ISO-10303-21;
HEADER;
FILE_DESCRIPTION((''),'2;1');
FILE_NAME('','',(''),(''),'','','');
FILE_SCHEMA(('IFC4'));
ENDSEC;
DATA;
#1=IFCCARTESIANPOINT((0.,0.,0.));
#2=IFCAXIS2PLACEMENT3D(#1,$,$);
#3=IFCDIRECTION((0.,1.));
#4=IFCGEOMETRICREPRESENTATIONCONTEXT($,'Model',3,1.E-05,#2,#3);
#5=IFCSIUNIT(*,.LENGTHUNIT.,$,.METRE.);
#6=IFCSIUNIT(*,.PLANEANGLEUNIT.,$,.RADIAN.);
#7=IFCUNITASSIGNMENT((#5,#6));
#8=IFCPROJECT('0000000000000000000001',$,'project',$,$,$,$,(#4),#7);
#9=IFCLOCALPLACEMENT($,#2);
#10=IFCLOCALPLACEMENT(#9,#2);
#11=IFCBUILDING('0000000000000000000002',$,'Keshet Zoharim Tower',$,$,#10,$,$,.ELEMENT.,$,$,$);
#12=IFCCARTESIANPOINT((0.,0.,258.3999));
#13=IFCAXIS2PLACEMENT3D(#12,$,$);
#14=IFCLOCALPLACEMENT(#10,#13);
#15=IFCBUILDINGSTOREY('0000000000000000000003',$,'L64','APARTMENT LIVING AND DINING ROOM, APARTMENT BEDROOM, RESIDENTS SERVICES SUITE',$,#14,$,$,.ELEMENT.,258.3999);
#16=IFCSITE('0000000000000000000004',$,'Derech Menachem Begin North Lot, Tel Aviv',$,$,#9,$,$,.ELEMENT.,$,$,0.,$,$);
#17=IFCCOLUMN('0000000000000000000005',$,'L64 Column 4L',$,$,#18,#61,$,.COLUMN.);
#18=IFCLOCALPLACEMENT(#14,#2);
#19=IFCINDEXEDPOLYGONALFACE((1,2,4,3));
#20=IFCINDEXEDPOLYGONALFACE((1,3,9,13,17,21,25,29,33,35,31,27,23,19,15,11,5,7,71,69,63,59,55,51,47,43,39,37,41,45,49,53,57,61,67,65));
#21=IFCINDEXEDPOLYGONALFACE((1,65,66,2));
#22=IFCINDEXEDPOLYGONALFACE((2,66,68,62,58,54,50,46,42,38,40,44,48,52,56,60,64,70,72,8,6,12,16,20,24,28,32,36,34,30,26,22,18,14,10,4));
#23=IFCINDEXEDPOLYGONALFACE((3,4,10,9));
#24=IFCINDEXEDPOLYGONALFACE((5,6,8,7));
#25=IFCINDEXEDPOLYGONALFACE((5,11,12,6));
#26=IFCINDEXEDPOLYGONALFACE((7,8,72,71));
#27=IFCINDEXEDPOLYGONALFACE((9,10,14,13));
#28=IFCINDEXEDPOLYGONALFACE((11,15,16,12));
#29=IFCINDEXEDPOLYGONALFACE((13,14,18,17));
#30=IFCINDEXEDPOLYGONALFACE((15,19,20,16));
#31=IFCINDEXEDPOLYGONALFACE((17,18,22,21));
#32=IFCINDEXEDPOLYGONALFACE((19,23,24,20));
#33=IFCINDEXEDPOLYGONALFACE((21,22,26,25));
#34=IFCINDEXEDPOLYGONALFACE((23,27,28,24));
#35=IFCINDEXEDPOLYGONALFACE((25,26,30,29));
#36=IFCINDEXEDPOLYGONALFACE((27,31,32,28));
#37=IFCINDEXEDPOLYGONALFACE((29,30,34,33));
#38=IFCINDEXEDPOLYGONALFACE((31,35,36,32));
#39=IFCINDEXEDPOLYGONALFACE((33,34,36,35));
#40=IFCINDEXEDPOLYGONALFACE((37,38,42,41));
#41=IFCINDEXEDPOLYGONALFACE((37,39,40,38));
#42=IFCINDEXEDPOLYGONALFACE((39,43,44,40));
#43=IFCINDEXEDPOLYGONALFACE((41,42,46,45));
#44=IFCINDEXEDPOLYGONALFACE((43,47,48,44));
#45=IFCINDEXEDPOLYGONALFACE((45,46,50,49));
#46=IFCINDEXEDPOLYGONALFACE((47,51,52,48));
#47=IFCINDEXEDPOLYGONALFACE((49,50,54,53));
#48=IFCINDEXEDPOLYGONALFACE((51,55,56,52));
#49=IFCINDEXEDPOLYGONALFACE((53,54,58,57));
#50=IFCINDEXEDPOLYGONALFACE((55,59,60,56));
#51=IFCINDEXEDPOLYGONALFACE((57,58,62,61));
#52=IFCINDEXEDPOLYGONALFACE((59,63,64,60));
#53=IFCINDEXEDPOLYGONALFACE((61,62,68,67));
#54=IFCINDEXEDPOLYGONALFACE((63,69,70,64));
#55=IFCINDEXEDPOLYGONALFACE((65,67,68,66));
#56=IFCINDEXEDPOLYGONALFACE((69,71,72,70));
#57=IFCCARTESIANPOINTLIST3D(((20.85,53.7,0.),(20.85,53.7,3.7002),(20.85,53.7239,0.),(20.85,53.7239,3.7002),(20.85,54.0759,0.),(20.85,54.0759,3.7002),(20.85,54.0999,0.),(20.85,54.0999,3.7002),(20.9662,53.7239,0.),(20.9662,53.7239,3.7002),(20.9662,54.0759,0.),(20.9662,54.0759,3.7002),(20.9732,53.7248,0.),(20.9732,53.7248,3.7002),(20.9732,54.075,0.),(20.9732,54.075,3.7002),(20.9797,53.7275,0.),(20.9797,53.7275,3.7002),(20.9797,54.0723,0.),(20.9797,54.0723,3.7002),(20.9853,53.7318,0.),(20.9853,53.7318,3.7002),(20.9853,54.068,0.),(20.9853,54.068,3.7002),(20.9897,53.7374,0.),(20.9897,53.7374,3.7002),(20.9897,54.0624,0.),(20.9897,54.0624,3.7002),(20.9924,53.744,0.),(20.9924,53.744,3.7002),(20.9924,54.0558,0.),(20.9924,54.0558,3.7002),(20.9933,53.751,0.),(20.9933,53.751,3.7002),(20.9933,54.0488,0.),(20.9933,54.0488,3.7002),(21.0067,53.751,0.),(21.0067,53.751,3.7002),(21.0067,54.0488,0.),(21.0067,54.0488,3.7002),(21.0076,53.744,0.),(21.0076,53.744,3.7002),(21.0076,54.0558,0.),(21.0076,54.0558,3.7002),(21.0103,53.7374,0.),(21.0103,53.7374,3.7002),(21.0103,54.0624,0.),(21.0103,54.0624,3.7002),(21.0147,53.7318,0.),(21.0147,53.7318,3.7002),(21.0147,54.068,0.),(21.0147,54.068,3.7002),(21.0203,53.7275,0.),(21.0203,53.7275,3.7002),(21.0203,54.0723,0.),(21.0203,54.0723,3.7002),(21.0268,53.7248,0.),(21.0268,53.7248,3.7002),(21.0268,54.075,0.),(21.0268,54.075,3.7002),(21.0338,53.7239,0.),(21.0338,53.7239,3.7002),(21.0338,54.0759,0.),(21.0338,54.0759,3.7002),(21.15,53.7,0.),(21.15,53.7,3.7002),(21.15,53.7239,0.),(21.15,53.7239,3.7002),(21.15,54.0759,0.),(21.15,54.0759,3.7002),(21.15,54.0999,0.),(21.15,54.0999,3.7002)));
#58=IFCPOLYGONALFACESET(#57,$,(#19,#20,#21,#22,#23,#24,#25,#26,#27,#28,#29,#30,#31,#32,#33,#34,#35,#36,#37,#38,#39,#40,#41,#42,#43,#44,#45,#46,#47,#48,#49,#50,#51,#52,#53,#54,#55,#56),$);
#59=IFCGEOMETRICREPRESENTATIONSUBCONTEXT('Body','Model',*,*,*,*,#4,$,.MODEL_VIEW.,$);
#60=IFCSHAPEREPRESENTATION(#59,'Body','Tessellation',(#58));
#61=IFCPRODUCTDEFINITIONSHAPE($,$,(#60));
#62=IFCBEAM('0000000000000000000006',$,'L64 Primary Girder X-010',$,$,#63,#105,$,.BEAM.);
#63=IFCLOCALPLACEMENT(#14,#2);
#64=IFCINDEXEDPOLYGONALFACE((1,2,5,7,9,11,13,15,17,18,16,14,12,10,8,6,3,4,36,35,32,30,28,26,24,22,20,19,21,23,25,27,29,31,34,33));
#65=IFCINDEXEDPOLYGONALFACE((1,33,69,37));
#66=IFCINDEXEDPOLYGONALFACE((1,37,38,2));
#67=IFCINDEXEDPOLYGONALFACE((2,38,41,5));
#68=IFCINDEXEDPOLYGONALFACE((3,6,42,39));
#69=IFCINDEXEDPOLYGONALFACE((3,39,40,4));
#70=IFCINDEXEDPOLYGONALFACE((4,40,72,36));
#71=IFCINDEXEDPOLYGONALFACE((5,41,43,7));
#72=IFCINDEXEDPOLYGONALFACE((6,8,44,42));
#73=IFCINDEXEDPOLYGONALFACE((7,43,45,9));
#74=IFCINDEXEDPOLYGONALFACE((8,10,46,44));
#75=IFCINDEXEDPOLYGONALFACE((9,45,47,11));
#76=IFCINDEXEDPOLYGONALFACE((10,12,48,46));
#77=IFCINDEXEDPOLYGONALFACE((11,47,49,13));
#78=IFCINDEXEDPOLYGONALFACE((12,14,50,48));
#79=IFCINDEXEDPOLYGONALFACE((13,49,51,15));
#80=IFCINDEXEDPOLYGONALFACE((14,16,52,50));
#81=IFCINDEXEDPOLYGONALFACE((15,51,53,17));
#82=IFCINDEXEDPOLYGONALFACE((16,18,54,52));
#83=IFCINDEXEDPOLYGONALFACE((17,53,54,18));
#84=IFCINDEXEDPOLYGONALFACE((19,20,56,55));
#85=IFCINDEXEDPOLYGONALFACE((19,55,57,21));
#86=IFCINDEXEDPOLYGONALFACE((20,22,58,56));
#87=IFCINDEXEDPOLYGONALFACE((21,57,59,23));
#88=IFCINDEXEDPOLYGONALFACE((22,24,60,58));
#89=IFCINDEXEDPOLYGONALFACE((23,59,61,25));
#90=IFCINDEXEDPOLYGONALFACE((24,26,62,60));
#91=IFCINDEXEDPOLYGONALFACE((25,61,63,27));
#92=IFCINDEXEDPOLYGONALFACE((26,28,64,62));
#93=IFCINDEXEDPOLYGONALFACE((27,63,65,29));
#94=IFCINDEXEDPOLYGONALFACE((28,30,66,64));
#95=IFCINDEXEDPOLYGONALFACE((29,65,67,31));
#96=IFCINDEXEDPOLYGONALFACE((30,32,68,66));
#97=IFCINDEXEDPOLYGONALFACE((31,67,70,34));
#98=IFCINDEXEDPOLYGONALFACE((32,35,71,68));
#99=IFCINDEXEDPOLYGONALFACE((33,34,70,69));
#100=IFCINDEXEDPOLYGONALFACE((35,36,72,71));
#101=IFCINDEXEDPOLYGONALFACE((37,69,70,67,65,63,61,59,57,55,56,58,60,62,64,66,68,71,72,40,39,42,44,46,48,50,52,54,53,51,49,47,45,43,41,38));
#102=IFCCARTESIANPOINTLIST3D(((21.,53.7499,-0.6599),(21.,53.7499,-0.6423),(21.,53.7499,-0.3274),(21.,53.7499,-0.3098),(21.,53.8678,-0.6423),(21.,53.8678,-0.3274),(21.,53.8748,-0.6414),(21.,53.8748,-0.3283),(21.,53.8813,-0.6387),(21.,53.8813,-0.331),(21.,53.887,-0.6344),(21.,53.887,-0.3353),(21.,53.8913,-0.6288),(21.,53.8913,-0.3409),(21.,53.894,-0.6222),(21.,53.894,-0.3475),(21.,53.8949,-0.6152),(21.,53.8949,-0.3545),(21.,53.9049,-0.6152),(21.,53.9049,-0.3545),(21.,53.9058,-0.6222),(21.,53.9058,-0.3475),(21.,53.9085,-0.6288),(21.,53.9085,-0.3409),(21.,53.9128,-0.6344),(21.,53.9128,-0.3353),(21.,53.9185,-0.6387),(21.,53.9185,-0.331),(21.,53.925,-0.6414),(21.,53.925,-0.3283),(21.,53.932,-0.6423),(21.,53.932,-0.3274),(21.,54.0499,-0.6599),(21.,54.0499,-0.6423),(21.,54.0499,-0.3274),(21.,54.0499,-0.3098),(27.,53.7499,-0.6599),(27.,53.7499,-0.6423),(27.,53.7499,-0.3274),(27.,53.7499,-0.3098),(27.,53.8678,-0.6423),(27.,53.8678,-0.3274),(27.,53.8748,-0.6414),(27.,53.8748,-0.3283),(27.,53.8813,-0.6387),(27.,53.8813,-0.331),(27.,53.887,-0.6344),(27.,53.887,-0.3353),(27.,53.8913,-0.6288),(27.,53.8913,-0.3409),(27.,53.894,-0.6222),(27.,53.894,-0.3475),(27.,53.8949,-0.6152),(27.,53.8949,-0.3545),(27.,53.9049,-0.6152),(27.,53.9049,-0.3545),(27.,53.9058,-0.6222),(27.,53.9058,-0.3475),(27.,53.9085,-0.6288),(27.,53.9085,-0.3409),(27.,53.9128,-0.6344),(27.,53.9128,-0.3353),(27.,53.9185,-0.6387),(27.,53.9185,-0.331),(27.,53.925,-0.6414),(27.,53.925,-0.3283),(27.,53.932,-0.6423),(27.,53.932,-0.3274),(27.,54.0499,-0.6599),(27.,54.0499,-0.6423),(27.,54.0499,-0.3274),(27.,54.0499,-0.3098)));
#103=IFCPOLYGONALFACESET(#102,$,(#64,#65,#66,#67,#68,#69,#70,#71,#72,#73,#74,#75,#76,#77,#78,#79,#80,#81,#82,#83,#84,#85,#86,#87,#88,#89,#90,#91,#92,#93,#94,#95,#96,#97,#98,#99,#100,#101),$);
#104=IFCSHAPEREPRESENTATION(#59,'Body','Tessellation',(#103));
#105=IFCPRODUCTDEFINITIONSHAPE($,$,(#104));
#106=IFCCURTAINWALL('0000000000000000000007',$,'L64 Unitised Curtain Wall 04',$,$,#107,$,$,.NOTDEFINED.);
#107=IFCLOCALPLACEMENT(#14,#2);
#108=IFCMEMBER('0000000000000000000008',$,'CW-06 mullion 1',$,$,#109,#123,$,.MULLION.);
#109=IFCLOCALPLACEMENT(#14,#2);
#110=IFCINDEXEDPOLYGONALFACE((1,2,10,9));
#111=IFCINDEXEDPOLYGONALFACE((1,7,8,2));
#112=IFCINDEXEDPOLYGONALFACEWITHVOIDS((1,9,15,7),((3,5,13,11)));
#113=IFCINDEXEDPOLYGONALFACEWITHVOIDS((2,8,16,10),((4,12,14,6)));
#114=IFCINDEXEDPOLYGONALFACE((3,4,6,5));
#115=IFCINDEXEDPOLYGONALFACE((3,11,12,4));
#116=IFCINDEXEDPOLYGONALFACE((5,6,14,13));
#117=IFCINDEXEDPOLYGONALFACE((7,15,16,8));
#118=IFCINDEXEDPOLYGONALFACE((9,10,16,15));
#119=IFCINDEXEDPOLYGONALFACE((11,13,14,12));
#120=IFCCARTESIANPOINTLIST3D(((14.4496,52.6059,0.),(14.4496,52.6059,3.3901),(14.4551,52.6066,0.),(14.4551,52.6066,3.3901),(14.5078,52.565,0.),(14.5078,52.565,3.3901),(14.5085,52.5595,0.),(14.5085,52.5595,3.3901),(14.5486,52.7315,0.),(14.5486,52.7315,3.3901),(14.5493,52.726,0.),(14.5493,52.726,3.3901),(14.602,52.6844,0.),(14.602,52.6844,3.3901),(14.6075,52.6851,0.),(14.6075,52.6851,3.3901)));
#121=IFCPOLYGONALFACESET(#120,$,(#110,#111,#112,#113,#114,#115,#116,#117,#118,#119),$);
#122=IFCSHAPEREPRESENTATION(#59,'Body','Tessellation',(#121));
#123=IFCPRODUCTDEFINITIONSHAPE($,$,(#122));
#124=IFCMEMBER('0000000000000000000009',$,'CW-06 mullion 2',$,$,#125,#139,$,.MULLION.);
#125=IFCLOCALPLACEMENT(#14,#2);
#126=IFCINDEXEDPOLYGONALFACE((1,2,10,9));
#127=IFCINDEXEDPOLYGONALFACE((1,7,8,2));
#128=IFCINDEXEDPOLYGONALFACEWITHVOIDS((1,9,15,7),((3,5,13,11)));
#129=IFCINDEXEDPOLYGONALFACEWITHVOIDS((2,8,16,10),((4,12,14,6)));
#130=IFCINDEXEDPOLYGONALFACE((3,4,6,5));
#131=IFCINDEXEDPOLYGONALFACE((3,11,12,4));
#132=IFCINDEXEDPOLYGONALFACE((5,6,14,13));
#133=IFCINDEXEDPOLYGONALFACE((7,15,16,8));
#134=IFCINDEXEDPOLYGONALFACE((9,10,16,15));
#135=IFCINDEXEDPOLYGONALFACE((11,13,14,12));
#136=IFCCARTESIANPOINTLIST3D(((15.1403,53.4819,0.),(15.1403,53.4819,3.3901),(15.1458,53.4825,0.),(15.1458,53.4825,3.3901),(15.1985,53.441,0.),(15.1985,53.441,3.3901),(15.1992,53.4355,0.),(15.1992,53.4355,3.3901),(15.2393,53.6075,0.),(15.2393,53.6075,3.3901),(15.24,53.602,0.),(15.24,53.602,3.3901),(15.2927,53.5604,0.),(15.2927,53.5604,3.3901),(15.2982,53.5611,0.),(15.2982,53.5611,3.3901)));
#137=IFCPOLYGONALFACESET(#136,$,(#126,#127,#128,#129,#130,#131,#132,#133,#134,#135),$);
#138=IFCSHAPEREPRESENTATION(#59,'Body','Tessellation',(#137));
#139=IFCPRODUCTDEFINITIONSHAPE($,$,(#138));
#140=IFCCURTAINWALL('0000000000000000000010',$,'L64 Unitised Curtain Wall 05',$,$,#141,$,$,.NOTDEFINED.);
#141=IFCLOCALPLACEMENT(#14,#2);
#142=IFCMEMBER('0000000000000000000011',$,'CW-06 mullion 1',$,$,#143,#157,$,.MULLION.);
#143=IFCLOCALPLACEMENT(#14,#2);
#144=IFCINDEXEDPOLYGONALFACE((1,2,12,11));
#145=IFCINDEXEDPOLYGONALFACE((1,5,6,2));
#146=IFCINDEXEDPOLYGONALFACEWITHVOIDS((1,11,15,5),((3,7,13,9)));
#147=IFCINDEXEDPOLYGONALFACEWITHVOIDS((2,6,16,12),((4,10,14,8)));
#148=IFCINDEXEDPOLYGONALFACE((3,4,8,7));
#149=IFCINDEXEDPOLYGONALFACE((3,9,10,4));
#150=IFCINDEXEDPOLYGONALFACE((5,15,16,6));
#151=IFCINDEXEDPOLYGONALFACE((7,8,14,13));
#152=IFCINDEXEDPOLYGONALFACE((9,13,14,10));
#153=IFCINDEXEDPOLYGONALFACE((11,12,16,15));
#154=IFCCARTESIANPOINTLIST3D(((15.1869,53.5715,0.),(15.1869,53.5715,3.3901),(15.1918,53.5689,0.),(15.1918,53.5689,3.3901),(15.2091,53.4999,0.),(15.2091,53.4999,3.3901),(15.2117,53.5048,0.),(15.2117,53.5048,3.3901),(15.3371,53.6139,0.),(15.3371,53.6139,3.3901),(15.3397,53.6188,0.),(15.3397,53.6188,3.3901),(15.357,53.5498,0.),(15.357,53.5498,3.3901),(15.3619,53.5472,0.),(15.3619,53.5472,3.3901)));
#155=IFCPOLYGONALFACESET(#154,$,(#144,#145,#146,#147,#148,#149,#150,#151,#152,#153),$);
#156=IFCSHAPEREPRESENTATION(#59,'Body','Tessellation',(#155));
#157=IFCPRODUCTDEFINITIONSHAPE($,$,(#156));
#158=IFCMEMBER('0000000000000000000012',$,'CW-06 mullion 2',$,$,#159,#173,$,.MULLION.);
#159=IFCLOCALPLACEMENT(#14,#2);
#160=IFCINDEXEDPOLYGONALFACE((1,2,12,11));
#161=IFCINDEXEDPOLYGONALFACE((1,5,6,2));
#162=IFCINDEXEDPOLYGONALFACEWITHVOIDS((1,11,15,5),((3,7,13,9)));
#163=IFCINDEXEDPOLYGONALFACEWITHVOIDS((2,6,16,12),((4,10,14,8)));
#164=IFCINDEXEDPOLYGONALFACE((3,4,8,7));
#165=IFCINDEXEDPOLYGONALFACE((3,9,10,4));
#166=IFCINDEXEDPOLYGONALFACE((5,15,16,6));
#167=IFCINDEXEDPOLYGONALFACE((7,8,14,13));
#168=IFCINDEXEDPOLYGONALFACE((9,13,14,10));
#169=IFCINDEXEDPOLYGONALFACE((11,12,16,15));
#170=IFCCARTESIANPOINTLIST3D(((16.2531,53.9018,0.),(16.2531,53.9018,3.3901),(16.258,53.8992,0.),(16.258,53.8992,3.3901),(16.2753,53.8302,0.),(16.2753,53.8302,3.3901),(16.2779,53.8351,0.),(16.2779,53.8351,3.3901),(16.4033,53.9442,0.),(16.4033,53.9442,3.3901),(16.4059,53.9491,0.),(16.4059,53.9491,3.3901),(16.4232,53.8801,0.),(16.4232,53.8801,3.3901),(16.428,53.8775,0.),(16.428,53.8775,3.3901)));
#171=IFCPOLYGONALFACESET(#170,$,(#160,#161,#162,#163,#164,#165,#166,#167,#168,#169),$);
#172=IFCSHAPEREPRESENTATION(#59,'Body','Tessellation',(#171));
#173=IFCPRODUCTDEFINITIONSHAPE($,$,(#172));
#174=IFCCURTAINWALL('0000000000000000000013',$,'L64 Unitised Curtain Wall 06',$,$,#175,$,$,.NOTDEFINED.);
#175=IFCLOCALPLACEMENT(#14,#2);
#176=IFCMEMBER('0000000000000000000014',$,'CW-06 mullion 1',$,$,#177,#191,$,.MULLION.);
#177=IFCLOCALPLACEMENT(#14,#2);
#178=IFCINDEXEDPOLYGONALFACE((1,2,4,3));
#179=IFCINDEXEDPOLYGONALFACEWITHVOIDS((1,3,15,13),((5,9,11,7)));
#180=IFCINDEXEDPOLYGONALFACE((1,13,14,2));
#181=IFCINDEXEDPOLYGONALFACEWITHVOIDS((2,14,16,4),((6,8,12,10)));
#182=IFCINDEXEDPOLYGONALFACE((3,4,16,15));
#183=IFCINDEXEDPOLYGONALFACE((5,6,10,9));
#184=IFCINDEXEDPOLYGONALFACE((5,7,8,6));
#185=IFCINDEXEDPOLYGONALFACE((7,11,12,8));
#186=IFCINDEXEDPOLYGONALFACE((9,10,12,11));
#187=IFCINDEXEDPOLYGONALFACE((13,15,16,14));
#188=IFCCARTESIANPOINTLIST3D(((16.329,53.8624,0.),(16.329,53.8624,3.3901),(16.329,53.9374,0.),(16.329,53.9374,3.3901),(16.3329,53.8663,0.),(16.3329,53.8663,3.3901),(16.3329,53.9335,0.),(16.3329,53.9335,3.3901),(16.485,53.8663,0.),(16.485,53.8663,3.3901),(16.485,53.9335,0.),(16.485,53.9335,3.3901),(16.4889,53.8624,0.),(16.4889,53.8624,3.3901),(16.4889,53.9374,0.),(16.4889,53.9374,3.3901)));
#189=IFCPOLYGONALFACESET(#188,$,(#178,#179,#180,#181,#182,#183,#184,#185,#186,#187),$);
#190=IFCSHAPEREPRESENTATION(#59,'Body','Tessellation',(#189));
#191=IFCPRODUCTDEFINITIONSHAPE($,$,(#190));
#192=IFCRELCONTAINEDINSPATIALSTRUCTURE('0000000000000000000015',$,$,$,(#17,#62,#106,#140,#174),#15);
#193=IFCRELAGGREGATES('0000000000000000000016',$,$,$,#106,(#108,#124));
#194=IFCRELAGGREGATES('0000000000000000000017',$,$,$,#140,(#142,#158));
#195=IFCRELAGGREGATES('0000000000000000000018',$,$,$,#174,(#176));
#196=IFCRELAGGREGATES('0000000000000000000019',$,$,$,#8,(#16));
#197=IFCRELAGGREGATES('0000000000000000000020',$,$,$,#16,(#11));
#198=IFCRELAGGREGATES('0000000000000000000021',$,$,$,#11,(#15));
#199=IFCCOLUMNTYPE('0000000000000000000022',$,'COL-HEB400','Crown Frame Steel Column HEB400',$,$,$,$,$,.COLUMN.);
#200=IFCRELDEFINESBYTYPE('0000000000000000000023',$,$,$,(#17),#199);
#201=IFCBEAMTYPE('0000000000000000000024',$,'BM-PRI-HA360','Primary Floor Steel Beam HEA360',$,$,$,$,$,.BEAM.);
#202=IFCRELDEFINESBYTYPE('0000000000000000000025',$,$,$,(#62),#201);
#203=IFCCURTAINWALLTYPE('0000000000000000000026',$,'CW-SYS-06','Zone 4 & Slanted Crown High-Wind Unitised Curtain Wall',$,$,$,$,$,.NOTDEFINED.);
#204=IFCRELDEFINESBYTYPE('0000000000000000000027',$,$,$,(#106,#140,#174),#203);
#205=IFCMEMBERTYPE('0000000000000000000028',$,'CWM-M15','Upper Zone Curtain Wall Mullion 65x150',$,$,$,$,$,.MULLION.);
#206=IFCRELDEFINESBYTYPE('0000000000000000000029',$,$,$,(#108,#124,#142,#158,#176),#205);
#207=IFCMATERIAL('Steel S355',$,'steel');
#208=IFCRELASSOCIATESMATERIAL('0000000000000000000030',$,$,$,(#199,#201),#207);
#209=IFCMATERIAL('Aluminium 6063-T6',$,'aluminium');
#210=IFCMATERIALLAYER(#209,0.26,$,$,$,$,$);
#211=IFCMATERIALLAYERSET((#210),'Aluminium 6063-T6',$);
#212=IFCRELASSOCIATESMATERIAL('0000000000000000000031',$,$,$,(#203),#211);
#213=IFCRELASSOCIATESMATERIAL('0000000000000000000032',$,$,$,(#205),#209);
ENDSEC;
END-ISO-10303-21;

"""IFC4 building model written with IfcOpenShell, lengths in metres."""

from ifc_helpers import new_model, si_unit, direction, frame, origin, origin_2d, place, context, subcontext, project, spatial, hollow_rectangle, i_section, extrude, material, layer, layer_set, material_profile, profile_set, type_object, element, aggregate, save


model = new_model("IFC4")

# Units and contexts
model_context = context("Model", 3, precision=1e-05, world=origin(), true_north=direction((0.0, 1.0)))
body_context = subcontext(model_context, "Body", "Model", "MODEL_VIEW")
ifc_project = project(units=[si_unit("LENGTHUNIT", "METRE"), si_unit("PLANEANGLEUNIT", "RADIAN")], contexts=[model_context])

# Site, building, storey
site_placement = place(None, origin())
site = spatial("IfcSite", under=ifc_project, at=site_placement, Name="Derech Menachem Begin North Lot, Tel Aviv", CompositionType="ELEMENT", RefElevation=0.0)
building_placement = place(site_placement, origin())
building = spatial("IfcBuilding", under=site, at=building_placement, Name="Keshet Zoharim Tower", CompositionType="ELEMENT")
storey_placement = place(building_placement, frame((0.0, 0.0, 258.3999)))
storey = spatial("IfcBuildingStorey", under=building, at=storey_placement, Name="L64", Description="APARTMENT LIVING AND DINING ROOM, APARTMENT BEDROOM, RESIDENTS SERVICES SUITE", CompositionType="ELEMENT", Elevation=258.3999)

# Column
ifc_material_1 = material(Name="Steel S355", Category="steel")
ifc_material_profile_1 = material_profile(ifc_material_1, i_section(OverallWidth=0.3, OverallDepth=0.3999, WebThickness=0.0134, FlangeThickness=0.0239, FilletRadius=0.0271, at=origin_2d()), Name="HEB400")
ifc_profile_set_1 = profile_set([ifc_material_profile_1], Name="Steel S355")
column_type = type_object("IfcColumnType", Name="COL-HEB400", Description="Crown Frame Steel Column HEB400", PredefinedType="COLUMN", material=ifc_profile_set_1)
column_placement = place(storey_placement, frame((21.0, 53.8999, 0.0), z_axis=(0.0, 0.0, 1.0), x_axis=(1.0, 0.0, 0.0)))
element("IfcColumn", 1, at=column_placement, inside=storey, type_object=column_type, Name="L64 Column 4L", PredefinedType="COLUMN", context=body_context, shape_type="SweptSolid", body=[
    extrude(i_section(OverallWidth=0.3, OverallDepth=0.3999, WebThickness=0.0134, FlangeThickness=0.0239, FilletRadius=0.0271, at=origin_2d()), origin(), (0.0, 0.0, 1.0), 3.7002),
])

# Beam
ifc_material_profile_2 = material_profile(ifc_material_1, i_section(OverallWidth=0.3, OverallDepth=0.3501, WebThickness=0.01, FlangeThickness=0.0176, FilletRadius=0.0271, at=origin_2d()), Name="HEA360")
ifc_profile_set_2 = profile_set([ifc_material_profile_2], Name="Steel S355")
beam_type = type_object("IfcBeamType", Name="BM-PRI-HA360", Description="Primary Floor Steel Beam HEA360", PredefinedType="BEAM", material=ifc_profile_set_2)
beam_placement = place(storey_placement, frame((21.0, 53.8999, -0.4849), z_axis=(1.0, 0.0, 0.0), x_axis=(0.0, 1.0, 0.0)))
element("IfcBeam", 2, at=beam_placement, inside=storey, type_object=beam_type, Name="L64 Primary Girder X-010", PredefinedType="BEAM", context=body_context, shape_type="SweptSolid", body=[
    extrude(i_section(OverallWidth=0.3, OverallDepth=0.3501, WebThickness=0.01, FlangeThickness=0.0176, FilletRadius=0.0271, at=origin_2d()), origin(), (0.0, 0.0, 1.0), 6.0),
])

# Curtain walls, members
ifc_material_2 = material(Name="Aluminium 6063-T6", Category="aluminium")
ifc_layer_1 = layer(ifc_material_2, 0.26)
ifc_layer_set_1 = layer_set([ifc_layer_1], Name="Aluminium 6063-T6")
curtain_wall_type = type_object("IfcCurtainWallType", Name="CW-SYS-06", Description="Zone 4 & Slanted Crown High-Wind Unitised Curtain Wall", PredefinedType="NOTDEFINED", material=ifc_layer_set_1)
curtain_wall_1_placement = place(storey_placement, origin())
curtain_wall_1 = element("IfcCurtainWall", 3, at=curtain_wall_1_placement, inside=storey, type_object=curtain_wall_type, Name="L64 Unitised Curtain Wall 04", PredefinedType="NOTDEFINED")
ifc_material_profile_3 = material_profile(ifc_material_2, hollow_rectangle(XDim=0.075, YDim=0.1599, WallThickness=0.0039, at=origin_2d()), Name="MUL-75x160")
ifc_profile_set_3 = profile_set([ifc_material_profile_3], Name="Aluminium 6063-T6")
member_type_1 = type_object("IfcMemberType", Name="CWM-M15", Description="Upper Zone Curtain Wall Mullion 65x150", PredefinedType="MULLION", material=ifc_profile_set_3)
member_1_placement = place(storey_placement, frame((14.5286, 52.6455, 0.0), z_axis=(0.0, 0.0, 1.0), x_axis=(-0.785293, 0.619125, 0.0)))
member_1 = element("IfcMember", 4, at=member_1_placement, type_object=member_type_1, Name="CW-06 mullion 1", PredefinedType="MULLION", context=body_context, shape_type="SweptSolid", body=[
    extrude(hollow_rectangle(XDim=0.075, YDim=0.1599, WallThickness=0.0039, at=origin_2d()), origin(), (0.0, 0.0, 1.0), 3.3901),
])
member_2_placement = place(storey_placement, frame((15.2192, 53.5215, 0.0), z_axis=(0.0, 0.0, 1.0), x_axis=(-0.785293, 0.619125, 0.0)))
member_2 = element("IfcMember", 5, at=member_2_placement, type_object=member_type_1, Name="CW-06 mullion 2", PredefinedType="MULLION", context=body_context, shape_type="SweptSolid", body=[
    extrude(hollow_rectangle(XDim=0.075, YDim=0.1599, WallThickness=0.0039, at=origin_2d()), origin(), (0.0, 0.0, 1.0), 3.3901),
])
curtain_wall_2_placement = place(storey_placement, origin())
curtain_wall_2 = element("IfcCurtainWall", 6, at=curtain_wall_2_placement, inside=storey, type_object=curtain_wall_type, Name="L64 Unitised Curtain Wall 05", PredefinedType="NOTDEFINED")
member_3_placement = place(storey_placement, frame((15.2744, 53.5593, 0.0), z_axis=(0.0, 0.0, 1.0), x_axis=(-0.295922, 0.955212, 0.0)))
member_3 = element("IfcMember", 7, at=member_3_placement, type_object=member_type_1, Name="CW-06 mullion 1", PredefinedType="MULLION", context=body_context, shape_type="SweptSolid", body=[
    extrude(hollow_rectangle(XDim=0.075, YDim=0.1599, WallThickness=0.0039, at=origin_2d()), origin(), (0.0, 0.0, 1.0), 3.3901),
])
member_4_placement = place(storey_placement, frame((16.3406, 53.8896, 0.0), z_axis=(0.0, 0.0, 1.0), x_axis=(-0.295922, 0.955212, 0.0)))
member_4 = element("IfcMember", 8, at=member_4_placement, type_object=member_type_1, Name="CW-06 mullion 2", PredefinedType="MULLION", context=body_context, shape_type="SweptSolid", body=[
    extrude(hollow_rectangle(XDim=0.075, YDim=0.1599, WallThickness=0.0039, at=origin_2d()), origin(), (0.0, 0.0, 1.0), 3.3901),
])
curtain_wall_3_placement = place(storey_placement, origin())
curtain_wall_3 = element("IfcCurtainWall", 9, at=curtain_wall_3_placement, inside=storey, type_object=curtain_wall_type, Name="L64 Unitised Curtain Wall 06", PredefinedType="NOTDEFINED")
member_5_placement = place(storey_placement, frame((16.4089, 53.8999, 0.0), z_axis=(0.0, 0.0, 1.0), x_axis=(0.0, 1.0, 0.0)))
member_5 = element("IfcMember", 10, at=member_5_placement, type_object=member_type_1, Name="CW-06 mullion 1", PredefinedType="MULLION", context=body_context, shape_type="SweptSolid", body=[
    extrude(hollow_rectangle(XDim=0.075, YDim=0.1599, WallThickness=0.0039, at=origin_2d()), origin(), (0.0, 0.0, 1.0), 3.3901),
])

aggregate(curtain_wall_1, [member_1, member_2])
aggregate(curtain_wall_2, [member_3, member_4])
aggregate(curtain_wall_3, [member_5])

save(model, "model.ifc")
